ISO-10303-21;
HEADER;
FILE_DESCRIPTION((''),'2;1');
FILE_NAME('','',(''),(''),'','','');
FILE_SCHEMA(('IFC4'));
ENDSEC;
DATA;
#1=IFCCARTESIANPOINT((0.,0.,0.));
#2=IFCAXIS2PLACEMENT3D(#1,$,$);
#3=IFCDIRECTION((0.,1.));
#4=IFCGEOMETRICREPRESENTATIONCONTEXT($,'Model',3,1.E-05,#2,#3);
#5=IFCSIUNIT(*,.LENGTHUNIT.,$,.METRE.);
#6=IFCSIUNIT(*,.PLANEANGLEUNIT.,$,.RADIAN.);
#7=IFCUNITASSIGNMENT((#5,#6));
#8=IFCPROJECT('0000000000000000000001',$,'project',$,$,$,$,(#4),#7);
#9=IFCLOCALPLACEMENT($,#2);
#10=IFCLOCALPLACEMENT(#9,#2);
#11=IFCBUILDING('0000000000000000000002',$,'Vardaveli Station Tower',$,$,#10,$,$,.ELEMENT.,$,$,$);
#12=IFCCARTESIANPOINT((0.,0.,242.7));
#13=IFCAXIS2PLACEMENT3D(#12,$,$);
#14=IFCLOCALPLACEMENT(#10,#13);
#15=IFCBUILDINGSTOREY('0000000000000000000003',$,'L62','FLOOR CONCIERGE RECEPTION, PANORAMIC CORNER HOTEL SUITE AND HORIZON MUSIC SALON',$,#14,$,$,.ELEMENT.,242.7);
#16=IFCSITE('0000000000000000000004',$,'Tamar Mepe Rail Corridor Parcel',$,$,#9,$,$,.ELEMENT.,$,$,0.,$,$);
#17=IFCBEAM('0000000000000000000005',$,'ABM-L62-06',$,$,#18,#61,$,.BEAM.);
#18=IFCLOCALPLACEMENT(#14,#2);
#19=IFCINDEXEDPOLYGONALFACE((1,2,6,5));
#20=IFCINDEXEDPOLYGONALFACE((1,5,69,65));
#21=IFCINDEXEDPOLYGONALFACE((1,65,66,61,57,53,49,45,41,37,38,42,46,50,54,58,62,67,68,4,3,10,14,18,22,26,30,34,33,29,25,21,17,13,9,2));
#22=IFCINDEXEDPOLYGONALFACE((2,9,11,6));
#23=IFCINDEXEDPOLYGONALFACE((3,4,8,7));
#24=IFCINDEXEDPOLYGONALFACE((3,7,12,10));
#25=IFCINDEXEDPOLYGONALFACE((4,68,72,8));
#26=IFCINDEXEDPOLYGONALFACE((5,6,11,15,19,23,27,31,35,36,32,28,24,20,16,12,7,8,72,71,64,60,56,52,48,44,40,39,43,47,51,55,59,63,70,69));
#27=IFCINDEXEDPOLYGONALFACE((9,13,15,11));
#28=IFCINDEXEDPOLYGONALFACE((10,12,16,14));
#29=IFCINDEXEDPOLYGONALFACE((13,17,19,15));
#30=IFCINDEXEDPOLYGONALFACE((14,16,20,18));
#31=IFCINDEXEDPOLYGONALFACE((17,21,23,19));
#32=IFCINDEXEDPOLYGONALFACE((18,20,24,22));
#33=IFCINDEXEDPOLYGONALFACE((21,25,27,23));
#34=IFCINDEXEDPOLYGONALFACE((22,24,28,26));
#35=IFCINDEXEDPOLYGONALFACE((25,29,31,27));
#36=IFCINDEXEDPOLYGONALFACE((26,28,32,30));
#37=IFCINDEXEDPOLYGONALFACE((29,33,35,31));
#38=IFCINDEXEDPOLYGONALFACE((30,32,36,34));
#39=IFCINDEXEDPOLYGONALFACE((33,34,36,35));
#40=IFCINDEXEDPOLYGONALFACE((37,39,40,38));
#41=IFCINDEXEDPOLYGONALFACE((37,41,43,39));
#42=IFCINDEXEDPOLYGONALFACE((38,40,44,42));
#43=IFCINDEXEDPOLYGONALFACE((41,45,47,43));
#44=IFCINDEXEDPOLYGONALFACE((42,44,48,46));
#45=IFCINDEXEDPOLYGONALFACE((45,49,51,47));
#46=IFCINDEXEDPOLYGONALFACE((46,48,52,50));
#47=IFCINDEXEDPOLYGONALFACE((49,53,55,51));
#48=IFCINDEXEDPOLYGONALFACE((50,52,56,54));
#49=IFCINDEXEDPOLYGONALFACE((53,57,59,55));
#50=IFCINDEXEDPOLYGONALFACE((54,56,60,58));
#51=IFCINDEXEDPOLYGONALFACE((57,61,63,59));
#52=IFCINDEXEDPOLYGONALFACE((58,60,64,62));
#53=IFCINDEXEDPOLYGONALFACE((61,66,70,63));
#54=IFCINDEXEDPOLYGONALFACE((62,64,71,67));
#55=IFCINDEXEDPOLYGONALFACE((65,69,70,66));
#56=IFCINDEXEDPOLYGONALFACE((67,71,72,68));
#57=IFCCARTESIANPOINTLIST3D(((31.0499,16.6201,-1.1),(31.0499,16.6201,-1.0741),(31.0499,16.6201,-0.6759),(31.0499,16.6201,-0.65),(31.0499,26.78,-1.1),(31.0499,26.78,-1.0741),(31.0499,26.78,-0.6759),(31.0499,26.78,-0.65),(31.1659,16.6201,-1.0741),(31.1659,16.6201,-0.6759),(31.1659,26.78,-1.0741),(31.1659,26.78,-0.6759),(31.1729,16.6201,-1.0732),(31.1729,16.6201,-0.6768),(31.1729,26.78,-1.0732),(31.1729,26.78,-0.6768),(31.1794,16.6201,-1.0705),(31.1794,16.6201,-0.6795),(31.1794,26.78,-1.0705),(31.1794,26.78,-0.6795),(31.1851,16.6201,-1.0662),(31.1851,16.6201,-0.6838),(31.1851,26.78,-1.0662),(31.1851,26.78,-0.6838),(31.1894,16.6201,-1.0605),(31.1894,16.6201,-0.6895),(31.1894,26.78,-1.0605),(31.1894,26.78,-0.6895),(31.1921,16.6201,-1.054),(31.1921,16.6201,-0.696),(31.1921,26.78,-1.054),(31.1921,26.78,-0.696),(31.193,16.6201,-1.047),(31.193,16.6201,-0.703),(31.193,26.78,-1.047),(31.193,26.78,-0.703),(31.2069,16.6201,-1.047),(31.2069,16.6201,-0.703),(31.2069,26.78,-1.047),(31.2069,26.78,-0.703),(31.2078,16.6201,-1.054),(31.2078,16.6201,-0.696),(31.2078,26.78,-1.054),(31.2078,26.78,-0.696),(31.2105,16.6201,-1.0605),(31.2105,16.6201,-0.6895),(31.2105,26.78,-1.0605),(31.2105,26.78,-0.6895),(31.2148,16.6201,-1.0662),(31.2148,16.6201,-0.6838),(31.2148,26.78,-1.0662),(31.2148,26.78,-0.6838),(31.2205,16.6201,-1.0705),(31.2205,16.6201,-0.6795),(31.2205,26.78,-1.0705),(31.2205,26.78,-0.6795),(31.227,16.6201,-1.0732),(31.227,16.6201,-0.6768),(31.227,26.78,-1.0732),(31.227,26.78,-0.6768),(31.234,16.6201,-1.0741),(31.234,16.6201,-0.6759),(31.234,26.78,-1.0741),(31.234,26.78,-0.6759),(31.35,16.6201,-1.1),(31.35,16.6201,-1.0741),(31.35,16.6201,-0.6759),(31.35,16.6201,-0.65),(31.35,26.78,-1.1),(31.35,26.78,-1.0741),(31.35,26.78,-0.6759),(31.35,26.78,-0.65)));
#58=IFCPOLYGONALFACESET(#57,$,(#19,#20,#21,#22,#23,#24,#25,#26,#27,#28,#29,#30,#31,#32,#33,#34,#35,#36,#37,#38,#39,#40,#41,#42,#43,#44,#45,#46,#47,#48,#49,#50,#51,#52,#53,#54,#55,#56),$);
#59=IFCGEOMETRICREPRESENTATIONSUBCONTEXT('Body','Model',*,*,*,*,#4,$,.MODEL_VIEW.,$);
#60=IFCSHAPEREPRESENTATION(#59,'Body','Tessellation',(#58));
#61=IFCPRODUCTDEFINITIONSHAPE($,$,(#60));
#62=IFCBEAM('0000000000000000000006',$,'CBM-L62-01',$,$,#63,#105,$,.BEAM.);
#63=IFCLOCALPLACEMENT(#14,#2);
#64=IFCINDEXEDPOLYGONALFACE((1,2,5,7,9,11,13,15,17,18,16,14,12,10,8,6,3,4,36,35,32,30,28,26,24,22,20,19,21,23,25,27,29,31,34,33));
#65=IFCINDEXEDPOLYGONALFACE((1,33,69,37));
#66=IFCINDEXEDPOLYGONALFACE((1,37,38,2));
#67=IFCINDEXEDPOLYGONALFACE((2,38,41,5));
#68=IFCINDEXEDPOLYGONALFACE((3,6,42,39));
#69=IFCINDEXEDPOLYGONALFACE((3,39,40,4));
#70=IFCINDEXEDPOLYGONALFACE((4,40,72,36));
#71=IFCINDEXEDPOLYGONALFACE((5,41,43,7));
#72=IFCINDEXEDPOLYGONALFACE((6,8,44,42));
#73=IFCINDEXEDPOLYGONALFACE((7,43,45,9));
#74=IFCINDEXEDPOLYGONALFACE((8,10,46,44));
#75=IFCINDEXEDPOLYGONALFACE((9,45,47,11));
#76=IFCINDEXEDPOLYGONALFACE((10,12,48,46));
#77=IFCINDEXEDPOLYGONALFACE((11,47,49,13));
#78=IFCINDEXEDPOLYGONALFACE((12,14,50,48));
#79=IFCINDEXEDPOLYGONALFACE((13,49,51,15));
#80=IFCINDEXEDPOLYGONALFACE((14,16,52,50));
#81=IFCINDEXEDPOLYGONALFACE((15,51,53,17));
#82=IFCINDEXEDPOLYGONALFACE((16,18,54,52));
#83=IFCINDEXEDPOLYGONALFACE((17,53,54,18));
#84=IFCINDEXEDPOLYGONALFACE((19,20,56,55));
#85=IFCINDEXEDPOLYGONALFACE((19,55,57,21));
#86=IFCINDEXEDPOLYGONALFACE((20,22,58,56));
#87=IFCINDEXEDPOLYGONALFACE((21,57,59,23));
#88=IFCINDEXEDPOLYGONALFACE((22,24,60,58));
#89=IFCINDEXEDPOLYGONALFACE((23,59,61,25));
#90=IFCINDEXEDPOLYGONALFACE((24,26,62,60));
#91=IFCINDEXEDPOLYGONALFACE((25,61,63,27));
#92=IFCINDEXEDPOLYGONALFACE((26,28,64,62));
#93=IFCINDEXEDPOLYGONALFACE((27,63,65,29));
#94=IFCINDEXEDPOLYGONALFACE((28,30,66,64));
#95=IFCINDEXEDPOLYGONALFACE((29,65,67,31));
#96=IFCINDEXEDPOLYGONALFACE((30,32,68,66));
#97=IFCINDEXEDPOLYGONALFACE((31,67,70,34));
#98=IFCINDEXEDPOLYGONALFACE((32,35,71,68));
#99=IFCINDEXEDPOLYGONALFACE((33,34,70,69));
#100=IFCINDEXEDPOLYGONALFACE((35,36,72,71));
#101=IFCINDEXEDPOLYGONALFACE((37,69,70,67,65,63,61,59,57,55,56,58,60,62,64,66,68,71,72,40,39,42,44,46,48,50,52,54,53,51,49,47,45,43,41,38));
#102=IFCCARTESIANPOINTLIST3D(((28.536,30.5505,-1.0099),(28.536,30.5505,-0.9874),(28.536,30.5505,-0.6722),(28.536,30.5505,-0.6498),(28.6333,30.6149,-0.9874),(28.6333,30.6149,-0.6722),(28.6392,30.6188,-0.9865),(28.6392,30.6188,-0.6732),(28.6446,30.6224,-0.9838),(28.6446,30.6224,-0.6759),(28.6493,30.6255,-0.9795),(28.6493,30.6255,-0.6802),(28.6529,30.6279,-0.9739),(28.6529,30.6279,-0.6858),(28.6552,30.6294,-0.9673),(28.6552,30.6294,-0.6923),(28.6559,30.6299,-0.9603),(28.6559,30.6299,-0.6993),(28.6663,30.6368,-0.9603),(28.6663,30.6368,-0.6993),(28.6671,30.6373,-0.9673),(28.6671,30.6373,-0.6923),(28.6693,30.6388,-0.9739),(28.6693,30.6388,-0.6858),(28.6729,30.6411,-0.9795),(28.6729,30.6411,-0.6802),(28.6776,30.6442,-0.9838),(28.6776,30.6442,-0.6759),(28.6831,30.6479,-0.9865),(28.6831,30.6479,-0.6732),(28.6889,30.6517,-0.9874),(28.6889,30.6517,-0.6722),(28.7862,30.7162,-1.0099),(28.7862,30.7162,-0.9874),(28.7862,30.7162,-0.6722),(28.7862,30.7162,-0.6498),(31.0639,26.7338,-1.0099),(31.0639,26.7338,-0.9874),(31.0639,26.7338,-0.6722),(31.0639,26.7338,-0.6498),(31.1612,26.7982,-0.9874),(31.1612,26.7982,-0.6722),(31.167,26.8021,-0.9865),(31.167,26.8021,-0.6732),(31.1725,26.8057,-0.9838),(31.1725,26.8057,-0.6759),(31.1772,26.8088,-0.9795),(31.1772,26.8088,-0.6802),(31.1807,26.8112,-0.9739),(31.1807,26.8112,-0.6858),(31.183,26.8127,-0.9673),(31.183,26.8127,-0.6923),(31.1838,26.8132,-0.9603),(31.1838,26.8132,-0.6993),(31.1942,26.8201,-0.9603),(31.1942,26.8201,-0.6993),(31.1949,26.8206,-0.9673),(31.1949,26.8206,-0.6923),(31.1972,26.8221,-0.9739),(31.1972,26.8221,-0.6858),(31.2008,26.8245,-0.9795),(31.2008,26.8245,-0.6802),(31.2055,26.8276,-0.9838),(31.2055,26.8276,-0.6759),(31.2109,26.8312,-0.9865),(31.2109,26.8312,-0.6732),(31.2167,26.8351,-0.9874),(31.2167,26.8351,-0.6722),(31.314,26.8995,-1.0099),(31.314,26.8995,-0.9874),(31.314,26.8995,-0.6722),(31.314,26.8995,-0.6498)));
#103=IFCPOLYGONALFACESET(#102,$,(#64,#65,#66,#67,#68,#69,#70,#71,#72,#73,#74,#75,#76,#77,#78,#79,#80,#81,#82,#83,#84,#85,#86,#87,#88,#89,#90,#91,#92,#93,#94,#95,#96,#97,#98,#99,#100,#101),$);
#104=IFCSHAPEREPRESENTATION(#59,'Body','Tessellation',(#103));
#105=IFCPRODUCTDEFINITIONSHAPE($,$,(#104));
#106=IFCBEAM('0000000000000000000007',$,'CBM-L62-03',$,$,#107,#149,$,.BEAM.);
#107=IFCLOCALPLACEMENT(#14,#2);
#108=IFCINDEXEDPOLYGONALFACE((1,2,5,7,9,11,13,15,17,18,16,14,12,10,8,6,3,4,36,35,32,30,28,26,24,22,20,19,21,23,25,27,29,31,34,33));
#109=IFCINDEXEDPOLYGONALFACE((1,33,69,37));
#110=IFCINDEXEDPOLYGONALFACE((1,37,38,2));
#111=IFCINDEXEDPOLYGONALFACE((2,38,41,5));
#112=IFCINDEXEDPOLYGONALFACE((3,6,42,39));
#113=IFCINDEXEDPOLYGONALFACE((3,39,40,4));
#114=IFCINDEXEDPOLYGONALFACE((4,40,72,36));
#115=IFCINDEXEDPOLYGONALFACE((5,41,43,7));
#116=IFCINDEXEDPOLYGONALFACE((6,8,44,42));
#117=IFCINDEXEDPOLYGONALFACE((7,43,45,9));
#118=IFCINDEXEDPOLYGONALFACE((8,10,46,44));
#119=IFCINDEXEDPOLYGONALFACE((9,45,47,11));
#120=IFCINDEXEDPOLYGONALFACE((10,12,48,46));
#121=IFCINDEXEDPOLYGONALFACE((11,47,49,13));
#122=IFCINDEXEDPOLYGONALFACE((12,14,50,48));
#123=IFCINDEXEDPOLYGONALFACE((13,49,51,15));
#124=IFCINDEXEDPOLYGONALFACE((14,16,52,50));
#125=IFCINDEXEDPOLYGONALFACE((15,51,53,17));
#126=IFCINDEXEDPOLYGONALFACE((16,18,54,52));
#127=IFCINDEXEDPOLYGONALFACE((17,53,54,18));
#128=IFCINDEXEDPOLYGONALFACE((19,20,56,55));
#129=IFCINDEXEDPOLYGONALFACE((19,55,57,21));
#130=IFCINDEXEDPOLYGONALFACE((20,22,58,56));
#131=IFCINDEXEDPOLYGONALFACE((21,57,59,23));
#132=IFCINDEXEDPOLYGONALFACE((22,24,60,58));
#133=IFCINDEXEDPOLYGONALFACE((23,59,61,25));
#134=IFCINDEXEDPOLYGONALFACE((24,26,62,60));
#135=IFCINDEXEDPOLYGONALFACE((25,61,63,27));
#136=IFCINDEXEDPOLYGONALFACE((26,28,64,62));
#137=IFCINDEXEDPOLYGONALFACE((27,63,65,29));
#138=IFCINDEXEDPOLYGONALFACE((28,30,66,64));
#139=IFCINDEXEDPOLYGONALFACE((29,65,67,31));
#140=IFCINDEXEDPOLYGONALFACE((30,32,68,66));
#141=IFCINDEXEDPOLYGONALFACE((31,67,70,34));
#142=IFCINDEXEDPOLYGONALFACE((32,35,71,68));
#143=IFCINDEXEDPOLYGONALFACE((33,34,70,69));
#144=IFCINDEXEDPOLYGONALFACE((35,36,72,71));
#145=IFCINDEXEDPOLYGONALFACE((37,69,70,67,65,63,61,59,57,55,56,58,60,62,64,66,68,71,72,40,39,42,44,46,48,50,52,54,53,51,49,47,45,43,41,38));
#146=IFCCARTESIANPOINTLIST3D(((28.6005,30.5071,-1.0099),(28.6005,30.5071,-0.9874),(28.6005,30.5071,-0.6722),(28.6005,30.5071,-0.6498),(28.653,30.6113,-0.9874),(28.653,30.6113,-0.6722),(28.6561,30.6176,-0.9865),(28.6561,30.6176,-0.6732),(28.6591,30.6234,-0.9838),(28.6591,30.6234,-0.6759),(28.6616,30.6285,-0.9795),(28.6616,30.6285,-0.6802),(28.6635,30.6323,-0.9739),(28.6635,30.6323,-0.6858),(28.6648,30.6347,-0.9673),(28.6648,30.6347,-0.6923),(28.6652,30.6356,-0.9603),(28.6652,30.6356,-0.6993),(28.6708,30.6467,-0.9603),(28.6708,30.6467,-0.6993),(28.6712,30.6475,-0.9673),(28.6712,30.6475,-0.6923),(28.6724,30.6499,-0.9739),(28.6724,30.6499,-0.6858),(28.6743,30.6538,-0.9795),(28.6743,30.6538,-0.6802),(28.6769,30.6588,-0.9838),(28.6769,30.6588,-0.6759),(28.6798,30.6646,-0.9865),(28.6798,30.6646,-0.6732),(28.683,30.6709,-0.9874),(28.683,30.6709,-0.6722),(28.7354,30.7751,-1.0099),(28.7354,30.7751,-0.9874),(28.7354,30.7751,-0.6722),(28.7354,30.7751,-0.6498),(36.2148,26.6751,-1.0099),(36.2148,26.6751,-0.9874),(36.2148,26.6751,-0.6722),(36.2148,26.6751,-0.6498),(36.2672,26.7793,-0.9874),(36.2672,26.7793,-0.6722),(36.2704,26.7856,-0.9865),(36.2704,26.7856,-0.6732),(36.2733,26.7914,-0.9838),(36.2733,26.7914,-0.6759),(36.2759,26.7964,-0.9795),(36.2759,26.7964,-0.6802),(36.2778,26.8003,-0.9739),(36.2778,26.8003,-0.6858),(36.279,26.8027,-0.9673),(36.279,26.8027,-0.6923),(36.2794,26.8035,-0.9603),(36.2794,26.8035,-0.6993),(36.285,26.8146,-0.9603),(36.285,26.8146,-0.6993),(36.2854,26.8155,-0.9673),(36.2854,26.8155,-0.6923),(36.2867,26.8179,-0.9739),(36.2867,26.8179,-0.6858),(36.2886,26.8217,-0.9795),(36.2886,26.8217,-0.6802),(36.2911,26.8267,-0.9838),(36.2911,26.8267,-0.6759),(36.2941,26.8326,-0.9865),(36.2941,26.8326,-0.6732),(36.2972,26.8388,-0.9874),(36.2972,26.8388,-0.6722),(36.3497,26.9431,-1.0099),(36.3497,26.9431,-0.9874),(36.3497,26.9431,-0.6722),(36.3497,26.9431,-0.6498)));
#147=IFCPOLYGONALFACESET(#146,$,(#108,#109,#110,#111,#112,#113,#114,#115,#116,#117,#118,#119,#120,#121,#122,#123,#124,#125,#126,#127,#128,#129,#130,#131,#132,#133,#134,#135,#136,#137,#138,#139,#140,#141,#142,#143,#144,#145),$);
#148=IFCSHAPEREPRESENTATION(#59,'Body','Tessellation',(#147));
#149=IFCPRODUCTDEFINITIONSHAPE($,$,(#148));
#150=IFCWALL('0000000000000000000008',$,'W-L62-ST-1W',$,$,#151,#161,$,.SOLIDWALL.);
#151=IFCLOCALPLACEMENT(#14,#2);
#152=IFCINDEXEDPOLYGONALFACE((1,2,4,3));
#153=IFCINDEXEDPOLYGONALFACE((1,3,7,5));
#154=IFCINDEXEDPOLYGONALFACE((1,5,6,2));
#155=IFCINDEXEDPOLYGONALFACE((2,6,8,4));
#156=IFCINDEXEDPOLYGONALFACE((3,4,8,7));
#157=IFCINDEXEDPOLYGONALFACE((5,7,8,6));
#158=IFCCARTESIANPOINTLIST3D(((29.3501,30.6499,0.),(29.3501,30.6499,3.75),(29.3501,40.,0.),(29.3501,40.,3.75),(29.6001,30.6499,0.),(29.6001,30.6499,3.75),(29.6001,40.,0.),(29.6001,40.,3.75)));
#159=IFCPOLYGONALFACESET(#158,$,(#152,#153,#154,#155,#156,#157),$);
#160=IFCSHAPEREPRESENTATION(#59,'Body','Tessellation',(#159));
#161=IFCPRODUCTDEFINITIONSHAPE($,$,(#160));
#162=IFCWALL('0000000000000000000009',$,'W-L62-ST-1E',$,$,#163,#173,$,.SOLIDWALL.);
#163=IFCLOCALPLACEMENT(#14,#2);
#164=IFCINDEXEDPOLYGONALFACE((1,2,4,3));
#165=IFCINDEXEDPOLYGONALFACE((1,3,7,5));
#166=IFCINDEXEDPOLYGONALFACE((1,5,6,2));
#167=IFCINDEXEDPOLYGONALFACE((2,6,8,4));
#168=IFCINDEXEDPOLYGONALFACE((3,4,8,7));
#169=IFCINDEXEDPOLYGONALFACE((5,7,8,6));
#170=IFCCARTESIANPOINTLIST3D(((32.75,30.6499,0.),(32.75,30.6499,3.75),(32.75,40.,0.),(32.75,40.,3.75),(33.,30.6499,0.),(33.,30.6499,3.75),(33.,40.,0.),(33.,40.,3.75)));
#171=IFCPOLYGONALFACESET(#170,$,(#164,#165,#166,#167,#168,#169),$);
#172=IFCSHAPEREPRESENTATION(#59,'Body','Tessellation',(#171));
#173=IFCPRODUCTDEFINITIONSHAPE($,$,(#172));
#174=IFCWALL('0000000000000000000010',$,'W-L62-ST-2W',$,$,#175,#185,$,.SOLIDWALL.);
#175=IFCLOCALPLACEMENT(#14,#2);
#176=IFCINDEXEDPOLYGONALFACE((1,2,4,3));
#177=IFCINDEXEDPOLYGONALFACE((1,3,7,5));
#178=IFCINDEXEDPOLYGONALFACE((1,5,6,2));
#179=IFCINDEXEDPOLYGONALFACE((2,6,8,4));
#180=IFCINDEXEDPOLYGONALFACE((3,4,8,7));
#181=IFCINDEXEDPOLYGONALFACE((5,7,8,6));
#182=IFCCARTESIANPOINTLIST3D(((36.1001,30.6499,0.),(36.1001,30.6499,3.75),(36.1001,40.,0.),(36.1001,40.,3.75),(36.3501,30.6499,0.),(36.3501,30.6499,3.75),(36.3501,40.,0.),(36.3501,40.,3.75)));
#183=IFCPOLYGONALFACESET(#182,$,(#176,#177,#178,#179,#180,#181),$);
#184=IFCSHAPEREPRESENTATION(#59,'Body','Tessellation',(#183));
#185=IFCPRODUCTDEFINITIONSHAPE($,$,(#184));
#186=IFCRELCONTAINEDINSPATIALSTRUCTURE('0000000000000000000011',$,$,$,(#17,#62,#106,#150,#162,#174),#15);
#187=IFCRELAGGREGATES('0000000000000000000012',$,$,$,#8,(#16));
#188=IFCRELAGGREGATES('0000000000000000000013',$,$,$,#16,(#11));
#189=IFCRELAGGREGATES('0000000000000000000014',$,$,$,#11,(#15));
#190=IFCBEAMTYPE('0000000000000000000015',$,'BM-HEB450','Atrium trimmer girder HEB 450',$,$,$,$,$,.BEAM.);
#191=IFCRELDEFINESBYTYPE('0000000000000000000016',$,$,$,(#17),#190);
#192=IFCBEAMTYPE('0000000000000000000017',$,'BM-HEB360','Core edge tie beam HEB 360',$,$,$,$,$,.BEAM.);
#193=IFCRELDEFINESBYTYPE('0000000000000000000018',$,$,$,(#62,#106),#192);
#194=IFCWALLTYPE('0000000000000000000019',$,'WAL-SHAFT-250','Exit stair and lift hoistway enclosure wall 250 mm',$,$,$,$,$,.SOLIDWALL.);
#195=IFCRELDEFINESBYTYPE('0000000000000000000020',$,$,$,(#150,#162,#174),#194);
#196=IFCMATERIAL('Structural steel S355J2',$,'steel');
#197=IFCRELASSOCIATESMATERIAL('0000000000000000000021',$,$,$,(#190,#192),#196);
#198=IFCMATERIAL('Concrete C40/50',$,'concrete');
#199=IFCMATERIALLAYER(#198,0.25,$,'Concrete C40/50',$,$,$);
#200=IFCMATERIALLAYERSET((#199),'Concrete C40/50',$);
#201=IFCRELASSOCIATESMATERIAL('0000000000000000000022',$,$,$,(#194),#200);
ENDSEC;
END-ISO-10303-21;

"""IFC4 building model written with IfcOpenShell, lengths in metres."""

from ifc_helpers import new_model, si_unit, direction, frame, frame_2d, origin, origin_2d, place, context, subcontext, project, spatial, rectangle, i_section, extrude, source, transform, mapped, material, layer, layer_set, material_profile, profile_set, type_object, element, save


model = new_model("IFC4")

# Units and contexts
model_context = context("Model", 3, precision=1e-05, world=origin(), true_north=direction((0.0, 1.0)))
body_context = subcontext(model_context, "Body", "Model", "MODEL_VIEW")
ifc_project = project(units=[si_unit("LENGTHUNIT", "METRE"), si_unit("PLANEANGLEUNIT", "RADIAN")], contexts=[model_context])

# Site, building, storey
site_placement = place(None, origin())
site = spatial("IfcSite", under=ifc_project, at=site_placement, Name="Tamar Mepe Rail Corridor Parcel", CompositionType="ELEMENT", RefElevation=0.0)
building_placement = place(site_placement, origin())
building = spatial("IfcBuilding", under=site, at=building_placement, Name="Vardaveli Station Tower", CompositionType="ELEMENT")
storey_placement = place(building_placement, frame((0.0, 0.0, 242.7)))
storey = spatial("IfcBuildingStorey", under=building, at=storey_placement, Name="L62", Description="FLOOR CONCIERGE RECEPTION, PANORAMIC CORNER HOTEL SUITE AND HORIZON MUSIC SALON", CompositionType="ELEMENT", Elevation=242.7)

# Beams
ifc_material_1 = material(Name="Structural steel S355J2", Category="steel")
ifc_material_profile_1 = material_profile(ifc_material_1, i_section(OverallWidth=0.3, OverallDepth=0.45, WebThickness=0.0139, FlangeThickness=0.0259, FilletRadius=0.0271, at=origin_2d()), Name="HEB 450")
ifc_profile_set_1 = profile_set([ifc_material_profile_1], Name="Structural steel S355J2")
beam_type_1 = type_object("IfcBeamType", Name="BM-HEB450", Description="Atrium trimmer girder HEB 450", PredefinedType="BEAM", material=ifc_profile_set_1)
shared_shape_1 = source(origin(), body_context, "Body", "SweptSolid", [
    extrude(i_section(OverallWidth=0.3, OverallDepth=0.45, WebThickness=0.0139, FlangeThickness=0.0259, FilletRadius=0.0271, at=origin_2d()), origin(), (0.0, 0.0, 1.0), 10.1599),
])
beam_1_placement = place(storey_placement, frame((31.2, 26.78, -0.875), z_axis=(0.0, -1.0, 0.0), x_axis=(1.0, 0.0, 0.0)))
element("IfcBeam", 1, at=beam_1_placement, inside=storey, type_object=beam_type_1, Name="ABM-L62-06", PredefinedType="BEAM", context=body_context, shape_type="MappedRepresentation", body=[
    mapped(shared_shape_1, transform((0.0, 0.0, 0.0), scale=1.0)),
])
ifc_material_profile_2 = material_profile(ifc_material_1, i_section(OverallWidth=0.3, OverallDepth=0.3601, WebThickness=0.0125, FlangeThickness=0.0225, FilletRadius=0.0271, at=origin_2d()), Name="HEB 360")
ifc_profile_set_2 = profile_set([ifc_material_profile_2], Name="Structural steel S355J2")
beam_type_2 = type_object("IfcBeamType", Name="BM-HEB360", Description="Core edge tie beam HEB 360", PredefinedType="BEAM", material=ifc_profile_set_2)
shared_shape_2 = source(origin(), body_context, "Body", "SweptSolid", [
    extrude(i_section(OverallWidth=0.3, OverallDepth=0.3601, WebThickness=0.0125, FlangeThickness=0.0225, FilletRadius=0.0271, at=origin_2d()), origin(), (0.0, 0.0, 1.0), 4.5779),
])
beam_2_placement = place(storey_placement, frame((31.189, 26.8167, -0.8298), z_axis=(-0.552187, 0.83372, 0.0), x_axis=(-0.83372, -0.552187, 0.0)))
element("IfcBeam", 2, at=beam_2_placement, inside=storey, type_object=beam_type_2, Name="CBM-L62-01", PredefinedType="BEAM", context=body_context, shape_type="MappedRepresentation", body=[
    mapped(shared_shape_2, transform((0.0, 0.0, 0.0), scale=1.0)),
])
shared_shape_3 = source(origin(), body_context, "Body", "SweptSolid", [
    extrude(i_section(OverallWidth=0.3, OverallDepth=0.3601, WebThickness=0.0125, FlangeThickness=0.0225, FilletRadius=0.0271, at=origin_2d()), origin(), (0.0, 0.0, 1.0), 8.5242),
])
beam_3_placement = place(storey_placement, frame((28.668, 30.6411, -0.8298), z_axis=(0.893256, -0.449549, 0.0), x_axis=(0.449549, 0.893256, 0.0)))
element("IfcBeam", 3, at=beam_3_placement, inside=storey, type_object=beam_type_2, Name="CBM-L62-03", PredefinedType="BEAM", context=body_context, shape_type="MappedRepresentation", body=[
    mapped(shared_shape_3, transform((0.0, 0.0, 0.0), scale=1.0)),
])

# Walls
ifc_material_2 = material(Name="Concrete C40/50", Category="concrete")
ifc_layer_1 = layer(ifc_material_2, 0.25, Name="Concrete C40/50")
ifc_layer_set_1 = layer_set([ifc_layer_1], Name="Concrete C40/50")
wall_type_1 = type_object("IfcWallType", Name="WAL-SHAFT-250", Description="Exit stair and lift hoistway enclosure wall 250 mm", PredefinedType="SOLIDWALL", material=ifc_layer_set_1)
shared_shape_4 = source(origin(), body_context, "Body", "SweptSolid", [
    extrude(rectangle(XDim=9.3501, YDim=0.25, at=frame_2d((4.675, 0.0))), origin(), (0.0, 0.0, 1.0), 3.75),
])
for number, where, z_axis, x_axis, name in (
    (4, (29.4751, 30.6499, 0.0), (0.0, 0.0, 1.0), (0.0, 1.0, 0.0), "W-L62-ST-1W"),
    (5, (32.875, 30.6499, 0.0), (0.0, 0.0, 1.0), (0.0, 1.0, 0.0), "W-L62-ST-1E"),
    (6, (36.2251, 30.6499, 0.0), (0.0, 0.0, 1.0), (0.0, 1.0, 0.0), "W-L62-ST-2W"),
):
    element("IfcWall", number, at=place(storey_placement, frame(where, z_axis=z_axis, x_axis=x_axis)), inside=storey, type_object=wall_type_1, Name=name, PredefinedType="SOLIDWALL", context=body_context, shape_type="MappedRepresentation", body=[
        mapped(shared_shape_4, transform((0.0, 0.0, 0.0), scale=1.0)),
    ])

save(model, "model.ifc")
